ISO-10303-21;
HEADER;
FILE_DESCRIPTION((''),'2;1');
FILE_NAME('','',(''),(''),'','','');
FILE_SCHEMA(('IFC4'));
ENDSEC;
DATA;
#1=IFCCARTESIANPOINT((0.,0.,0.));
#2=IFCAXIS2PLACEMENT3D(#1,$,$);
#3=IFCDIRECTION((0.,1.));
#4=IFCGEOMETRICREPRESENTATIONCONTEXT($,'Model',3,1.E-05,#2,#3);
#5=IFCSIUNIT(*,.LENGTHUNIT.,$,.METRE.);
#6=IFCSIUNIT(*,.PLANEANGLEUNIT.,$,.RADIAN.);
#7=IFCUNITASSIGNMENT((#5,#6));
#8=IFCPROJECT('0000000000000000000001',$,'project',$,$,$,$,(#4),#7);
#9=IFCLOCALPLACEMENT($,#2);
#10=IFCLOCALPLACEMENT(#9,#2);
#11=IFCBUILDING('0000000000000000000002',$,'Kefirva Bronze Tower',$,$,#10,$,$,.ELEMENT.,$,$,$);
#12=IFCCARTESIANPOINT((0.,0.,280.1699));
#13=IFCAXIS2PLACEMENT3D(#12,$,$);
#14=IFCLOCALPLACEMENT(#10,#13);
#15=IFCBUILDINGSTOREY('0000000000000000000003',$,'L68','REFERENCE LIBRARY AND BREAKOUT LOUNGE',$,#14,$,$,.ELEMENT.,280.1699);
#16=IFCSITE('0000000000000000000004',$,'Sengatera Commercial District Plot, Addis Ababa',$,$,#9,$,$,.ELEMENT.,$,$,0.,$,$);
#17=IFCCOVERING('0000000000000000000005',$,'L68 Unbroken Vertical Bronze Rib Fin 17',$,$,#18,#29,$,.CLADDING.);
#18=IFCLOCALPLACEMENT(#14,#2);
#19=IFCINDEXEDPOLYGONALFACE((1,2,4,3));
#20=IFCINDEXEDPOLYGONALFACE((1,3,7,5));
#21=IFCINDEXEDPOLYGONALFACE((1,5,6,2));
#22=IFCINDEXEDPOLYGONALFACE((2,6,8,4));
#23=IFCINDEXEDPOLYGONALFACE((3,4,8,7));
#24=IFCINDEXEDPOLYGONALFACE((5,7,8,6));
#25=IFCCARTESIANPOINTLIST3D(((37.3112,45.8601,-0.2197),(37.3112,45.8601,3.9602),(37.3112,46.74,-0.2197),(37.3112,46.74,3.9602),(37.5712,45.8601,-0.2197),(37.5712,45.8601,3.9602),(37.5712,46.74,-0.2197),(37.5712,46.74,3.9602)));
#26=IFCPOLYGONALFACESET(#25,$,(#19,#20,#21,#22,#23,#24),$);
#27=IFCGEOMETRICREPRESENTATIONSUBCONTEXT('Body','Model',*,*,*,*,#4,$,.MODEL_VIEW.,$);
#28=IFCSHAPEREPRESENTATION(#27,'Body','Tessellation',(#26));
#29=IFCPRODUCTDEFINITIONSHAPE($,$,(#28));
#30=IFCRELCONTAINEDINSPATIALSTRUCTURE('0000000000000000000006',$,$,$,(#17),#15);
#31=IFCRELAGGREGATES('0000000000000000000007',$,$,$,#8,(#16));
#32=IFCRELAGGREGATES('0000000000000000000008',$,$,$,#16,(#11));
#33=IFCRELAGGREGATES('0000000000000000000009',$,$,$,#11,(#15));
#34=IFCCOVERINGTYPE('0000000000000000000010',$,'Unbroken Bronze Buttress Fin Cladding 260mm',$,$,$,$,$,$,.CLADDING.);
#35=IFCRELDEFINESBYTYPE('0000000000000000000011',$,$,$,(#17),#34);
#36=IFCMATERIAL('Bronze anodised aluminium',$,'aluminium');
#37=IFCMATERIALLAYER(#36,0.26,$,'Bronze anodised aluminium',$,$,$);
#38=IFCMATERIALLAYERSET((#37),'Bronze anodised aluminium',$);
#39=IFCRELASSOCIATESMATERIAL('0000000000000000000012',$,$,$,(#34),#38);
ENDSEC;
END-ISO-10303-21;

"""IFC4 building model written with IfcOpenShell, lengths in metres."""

from ifc_helpers import new_model, si_unit, direction, frame, origin, origin_2d, place, context, subcontext, project, spatial, rectangle, extrude, material, layer, layer_set, type_object, element, save


model = new_model("IFC4")

# Units and contexts
model_context = context("Model", 3, precision=1e-05, world=origin(), true_north=direction((0.0, 1.0)))
body_context = subcontext(model_context, "Body", "Model", "MODEL_VIEW")
ifc_project = project(units=[si_unit("LENGTHUNIT", "METRE"), si_unit("PLANEANGLEUNIT", "RADIAN")], contexts=[model_context])

# Site, building, storey
site_placement = place(None, origin())
site = spatial("IfcSite", under=ifc_project, at=site_placement, Name="Sengatera Commercial District Plot, Addis Ababa", CompositionType="ELEMENT", RefElevation=0.0)
building_placement = place(site_placement, origin())
building = spatial("IfcBuilding", under=site, at=building_placement, Name="Kefirva Bronze Tower", CompositionType="ELEMENT")
storey_placement = place(building_placement, frame((0.0, 0.0, 280.1699)))
storey = spatial("IfcBuildingStorey", under=building, at=storey_placement, Name="L68", Description="REFERENCE LIBRARY AND BREAKOUT LOUNGE", CompositionType="ELEMENT", Elevation=280.1699)

# Shared definitions
ifc_material_1 = material(Name="Bronze anodised aluminium", Category="aluminium")

# Covering
ifc_layer_1 = layer(ifc_material_1, 0.26, Name="Bronze anodised aluminium")
ifc_layer_set_1 = layer_set([ifc_layer_1], Name="Bronze anodised aluminium")
covering_type_1 = type_object("IfcCoveringType", Name="Unbroken Bronze Buttress Fin Cladding 260mm", PredefinedType="CLADDING", material=ifc_layer_set_1)
covering_1_placement = place(storey_placement, frame((37.4412, 46.3, -0.2197), z_axis=(0.0, 0.0, 1.0), x_axis=(-1.0, 0.0, 0.0)))
element("IfcCovering", 1, at=covering_1_placement, inside=storey, type_object=covering_type_1, Name="L68 Unbroken Vertical Bronze Rib Fin 17", PredefinedType="CLADDING", context=body_context, shape_type="SweptSolid", body=[
    extrude(rectangle(XDim=0.26, YDim=0.8799, at=origin_2d()), origin(), (0.0, 0.0, 1.0), 4.1799),
])

save(model, "model.ifc")
